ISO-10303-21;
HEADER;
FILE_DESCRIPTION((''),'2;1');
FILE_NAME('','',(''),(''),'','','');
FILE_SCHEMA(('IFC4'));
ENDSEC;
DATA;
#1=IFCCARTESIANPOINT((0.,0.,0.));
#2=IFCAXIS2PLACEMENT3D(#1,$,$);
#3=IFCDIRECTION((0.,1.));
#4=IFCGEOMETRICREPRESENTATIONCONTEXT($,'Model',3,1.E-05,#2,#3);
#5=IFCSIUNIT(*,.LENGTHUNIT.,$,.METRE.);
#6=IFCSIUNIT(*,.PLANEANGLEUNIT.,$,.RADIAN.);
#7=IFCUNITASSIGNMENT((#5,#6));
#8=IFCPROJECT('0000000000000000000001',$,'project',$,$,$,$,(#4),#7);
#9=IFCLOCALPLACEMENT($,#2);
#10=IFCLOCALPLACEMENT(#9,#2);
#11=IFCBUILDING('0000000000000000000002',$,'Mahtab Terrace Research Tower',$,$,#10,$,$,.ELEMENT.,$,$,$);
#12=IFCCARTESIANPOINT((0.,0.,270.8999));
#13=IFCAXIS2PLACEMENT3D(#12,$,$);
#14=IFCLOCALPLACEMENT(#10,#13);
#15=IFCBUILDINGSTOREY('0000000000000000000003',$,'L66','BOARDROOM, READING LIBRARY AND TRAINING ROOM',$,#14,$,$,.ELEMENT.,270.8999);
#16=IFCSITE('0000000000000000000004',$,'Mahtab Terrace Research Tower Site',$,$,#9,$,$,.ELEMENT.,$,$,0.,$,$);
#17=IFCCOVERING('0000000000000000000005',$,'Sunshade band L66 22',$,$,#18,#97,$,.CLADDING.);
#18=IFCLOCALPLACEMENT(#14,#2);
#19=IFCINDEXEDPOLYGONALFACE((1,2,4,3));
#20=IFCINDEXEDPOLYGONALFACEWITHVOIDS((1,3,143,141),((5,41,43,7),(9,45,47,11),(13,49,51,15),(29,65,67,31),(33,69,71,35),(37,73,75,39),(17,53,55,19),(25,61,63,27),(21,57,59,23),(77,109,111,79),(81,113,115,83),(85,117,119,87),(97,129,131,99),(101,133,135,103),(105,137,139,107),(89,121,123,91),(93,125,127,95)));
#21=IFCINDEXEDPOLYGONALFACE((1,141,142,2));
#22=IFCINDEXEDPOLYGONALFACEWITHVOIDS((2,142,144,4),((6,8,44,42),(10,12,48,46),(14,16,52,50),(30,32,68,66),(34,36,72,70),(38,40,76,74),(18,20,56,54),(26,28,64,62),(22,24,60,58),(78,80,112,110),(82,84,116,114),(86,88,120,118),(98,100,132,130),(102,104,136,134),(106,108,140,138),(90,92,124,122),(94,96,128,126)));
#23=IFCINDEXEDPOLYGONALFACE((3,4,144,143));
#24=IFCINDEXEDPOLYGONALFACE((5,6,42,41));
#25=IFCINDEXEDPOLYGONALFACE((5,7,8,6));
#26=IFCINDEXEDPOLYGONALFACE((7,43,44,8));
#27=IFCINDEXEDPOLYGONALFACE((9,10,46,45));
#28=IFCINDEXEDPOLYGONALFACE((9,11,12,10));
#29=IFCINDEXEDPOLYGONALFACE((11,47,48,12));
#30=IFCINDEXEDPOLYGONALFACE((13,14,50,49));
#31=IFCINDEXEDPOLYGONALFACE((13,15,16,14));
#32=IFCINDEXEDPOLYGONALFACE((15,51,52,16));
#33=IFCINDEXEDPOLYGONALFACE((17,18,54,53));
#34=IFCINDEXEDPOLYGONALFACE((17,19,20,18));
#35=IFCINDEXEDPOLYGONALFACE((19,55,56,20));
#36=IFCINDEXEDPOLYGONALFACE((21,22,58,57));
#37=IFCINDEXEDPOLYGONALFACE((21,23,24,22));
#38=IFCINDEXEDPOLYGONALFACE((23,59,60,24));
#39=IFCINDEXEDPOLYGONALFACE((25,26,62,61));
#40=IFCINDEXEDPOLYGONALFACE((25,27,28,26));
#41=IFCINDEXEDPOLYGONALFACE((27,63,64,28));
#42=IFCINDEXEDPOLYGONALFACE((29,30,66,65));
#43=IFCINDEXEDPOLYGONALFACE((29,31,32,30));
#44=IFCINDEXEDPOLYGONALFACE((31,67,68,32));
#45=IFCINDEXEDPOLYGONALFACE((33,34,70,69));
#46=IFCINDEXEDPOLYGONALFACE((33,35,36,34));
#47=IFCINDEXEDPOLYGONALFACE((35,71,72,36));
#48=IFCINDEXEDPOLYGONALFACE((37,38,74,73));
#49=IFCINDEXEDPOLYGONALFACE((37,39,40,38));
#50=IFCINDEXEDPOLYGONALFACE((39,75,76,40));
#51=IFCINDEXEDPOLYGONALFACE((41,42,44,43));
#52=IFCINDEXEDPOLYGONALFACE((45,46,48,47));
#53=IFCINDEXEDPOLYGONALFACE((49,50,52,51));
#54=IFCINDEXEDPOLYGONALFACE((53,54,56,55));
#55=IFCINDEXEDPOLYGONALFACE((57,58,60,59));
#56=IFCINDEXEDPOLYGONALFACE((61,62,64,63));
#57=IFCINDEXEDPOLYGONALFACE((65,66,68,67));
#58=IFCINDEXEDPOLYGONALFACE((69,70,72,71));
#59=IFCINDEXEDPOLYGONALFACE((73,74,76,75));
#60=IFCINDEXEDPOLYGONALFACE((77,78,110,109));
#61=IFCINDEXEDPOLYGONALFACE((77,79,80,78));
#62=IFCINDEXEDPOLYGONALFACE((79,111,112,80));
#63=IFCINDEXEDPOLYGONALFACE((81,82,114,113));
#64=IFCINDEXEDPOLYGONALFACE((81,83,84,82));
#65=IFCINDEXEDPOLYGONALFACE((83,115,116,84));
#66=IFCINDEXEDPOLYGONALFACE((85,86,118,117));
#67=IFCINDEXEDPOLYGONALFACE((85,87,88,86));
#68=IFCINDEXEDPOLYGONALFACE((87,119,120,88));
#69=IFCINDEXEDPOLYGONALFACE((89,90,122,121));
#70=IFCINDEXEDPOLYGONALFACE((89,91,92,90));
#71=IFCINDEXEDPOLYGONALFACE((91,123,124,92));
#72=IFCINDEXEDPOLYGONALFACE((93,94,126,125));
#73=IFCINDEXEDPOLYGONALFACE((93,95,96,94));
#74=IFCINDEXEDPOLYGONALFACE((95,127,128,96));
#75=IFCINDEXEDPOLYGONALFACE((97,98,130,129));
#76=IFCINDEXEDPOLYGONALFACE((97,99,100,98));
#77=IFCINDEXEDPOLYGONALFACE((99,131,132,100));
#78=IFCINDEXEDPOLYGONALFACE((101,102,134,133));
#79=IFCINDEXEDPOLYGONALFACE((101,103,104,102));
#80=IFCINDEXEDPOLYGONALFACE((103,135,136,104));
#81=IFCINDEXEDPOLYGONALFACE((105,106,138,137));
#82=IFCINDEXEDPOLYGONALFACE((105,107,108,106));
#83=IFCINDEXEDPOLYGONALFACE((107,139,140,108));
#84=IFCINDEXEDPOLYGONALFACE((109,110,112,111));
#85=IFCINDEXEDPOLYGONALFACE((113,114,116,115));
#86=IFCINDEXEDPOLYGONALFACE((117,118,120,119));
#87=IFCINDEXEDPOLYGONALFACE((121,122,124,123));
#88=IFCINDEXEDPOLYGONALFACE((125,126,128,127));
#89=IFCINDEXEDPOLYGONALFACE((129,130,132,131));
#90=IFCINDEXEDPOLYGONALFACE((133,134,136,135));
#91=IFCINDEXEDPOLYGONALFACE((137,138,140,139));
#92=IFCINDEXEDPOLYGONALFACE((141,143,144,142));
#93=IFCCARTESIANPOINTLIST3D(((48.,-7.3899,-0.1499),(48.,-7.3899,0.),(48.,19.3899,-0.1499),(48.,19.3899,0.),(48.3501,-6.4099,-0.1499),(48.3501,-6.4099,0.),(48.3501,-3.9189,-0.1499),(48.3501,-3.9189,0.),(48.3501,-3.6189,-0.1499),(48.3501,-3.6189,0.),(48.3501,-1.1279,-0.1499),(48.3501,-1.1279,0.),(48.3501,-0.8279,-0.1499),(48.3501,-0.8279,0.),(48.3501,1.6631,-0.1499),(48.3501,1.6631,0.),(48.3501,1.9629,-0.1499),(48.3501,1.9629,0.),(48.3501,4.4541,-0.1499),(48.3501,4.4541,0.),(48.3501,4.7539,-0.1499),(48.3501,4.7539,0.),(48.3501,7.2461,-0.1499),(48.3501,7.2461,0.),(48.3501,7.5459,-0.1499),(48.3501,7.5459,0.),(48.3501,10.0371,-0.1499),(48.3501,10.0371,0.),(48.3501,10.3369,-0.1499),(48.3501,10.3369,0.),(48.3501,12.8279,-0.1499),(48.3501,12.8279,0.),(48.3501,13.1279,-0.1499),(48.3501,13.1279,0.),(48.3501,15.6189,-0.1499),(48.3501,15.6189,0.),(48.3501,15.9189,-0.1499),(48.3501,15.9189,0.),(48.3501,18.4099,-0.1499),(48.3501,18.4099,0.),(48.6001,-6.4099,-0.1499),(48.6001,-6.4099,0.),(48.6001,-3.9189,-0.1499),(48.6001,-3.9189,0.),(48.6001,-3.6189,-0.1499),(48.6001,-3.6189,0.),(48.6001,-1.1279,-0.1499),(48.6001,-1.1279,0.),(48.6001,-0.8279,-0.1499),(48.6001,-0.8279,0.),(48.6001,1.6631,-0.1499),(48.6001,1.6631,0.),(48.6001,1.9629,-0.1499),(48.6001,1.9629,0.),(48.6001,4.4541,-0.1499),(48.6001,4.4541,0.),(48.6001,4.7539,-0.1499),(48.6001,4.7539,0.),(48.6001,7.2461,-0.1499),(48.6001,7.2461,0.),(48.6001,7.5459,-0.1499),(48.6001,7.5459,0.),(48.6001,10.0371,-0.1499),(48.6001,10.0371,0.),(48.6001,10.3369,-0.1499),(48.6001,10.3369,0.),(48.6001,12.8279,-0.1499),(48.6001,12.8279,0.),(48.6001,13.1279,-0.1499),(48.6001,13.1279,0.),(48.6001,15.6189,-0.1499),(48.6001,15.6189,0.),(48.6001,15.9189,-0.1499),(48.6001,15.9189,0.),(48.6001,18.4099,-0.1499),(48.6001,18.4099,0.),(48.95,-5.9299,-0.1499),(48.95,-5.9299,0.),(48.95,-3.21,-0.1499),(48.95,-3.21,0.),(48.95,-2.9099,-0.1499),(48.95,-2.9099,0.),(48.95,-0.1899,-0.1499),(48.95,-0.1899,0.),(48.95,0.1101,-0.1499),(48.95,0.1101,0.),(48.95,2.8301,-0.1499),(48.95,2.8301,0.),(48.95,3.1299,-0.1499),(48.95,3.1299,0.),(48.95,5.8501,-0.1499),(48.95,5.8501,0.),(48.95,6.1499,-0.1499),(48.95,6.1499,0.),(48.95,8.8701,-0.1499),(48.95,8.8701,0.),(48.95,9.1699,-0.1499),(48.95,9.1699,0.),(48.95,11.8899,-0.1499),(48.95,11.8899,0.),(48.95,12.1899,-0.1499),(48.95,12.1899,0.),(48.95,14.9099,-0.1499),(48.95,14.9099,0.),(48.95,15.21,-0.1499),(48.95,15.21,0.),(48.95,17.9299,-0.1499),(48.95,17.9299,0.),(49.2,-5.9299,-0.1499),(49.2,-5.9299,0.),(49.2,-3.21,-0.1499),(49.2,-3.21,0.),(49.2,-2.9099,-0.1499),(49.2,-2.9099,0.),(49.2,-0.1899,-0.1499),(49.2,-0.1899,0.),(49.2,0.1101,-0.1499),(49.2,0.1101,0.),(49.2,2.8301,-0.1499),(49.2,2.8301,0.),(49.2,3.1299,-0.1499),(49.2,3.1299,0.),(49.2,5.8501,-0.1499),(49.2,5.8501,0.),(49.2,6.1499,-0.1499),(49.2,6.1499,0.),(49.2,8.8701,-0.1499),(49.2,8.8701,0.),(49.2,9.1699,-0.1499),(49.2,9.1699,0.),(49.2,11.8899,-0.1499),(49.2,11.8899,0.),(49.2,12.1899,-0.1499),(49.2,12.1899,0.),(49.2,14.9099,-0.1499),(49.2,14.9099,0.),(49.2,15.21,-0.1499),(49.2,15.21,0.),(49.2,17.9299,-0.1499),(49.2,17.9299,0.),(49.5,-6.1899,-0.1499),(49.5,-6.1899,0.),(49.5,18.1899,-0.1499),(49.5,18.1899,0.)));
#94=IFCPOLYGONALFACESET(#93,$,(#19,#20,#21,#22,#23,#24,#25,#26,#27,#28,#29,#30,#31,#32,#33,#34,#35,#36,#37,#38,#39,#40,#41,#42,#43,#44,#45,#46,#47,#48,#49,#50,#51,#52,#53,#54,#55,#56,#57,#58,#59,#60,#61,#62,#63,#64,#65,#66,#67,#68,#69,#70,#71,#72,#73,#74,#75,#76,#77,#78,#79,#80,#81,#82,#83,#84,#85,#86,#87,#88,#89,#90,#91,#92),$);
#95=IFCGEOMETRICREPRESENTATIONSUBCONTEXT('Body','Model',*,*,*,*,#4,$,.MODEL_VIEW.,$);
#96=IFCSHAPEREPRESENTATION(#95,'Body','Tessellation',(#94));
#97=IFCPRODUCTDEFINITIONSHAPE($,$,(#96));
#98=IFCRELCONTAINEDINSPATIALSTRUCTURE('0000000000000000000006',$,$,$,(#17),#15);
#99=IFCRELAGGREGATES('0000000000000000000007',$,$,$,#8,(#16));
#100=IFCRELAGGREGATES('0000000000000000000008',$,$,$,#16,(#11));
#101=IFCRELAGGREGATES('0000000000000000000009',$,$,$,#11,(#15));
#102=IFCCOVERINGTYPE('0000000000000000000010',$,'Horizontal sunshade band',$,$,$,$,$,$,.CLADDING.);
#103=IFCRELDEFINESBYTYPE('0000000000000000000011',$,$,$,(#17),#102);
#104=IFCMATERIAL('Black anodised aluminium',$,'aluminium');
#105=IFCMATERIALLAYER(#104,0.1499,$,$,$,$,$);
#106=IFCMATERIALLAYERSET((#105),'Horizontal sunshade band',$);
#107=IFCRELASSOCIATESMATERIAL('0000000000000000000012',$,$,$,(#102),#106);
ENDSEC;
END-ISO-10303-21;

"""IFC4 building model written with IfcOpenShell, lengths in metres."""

from ifc_helpers import new_model, si_unit, direction, frame, origin, place, context, subcontext, project, spatial, polyline, outline, extrude, material, layer, layer_set, type_object, element, save


model = new_model("IFC4")

# Units and contexts
model_context = context("Model", 3, precision=1e-05, world=origin(), true_north=direction((0.0, 1.0)))
body_context = subcontext(model_context, "Body", "Model", "MODEL_VIEW")
ifc_project = project(units=[si_unit("LENGTHUNIT", "METRE"), si_unit("PLANEANGLEUNIT", "RADIAN")], contexts=[model_context])

# Site, building, storey
site_placement = place(None, origin())
site = spatial("IfcSite", under=ifc_project, at=site_placement, Name="Mahtab Terrace Research Tower Site", CompositionType="ELEMENT", RefElevation=0.0)
building_placement = place(site_placement, origin())
building = spatial("IfcBuilding", under=site, at=building_placement, Name="Mahtab Terrace Research Tower", CompositionType="ELEMENT")
storey_placement = place(building_placement, frame((0.0, 0.0, 270.8999)))
storey = spatial("IfcBuildingStorey", under=building, at=storey_placement, Name="L66", Description="BOARDROOM, READING LIBRARY AND TRAINING ROOM", CompositionType="ELEMENT", Elevation=270.8999)

# Covering
ifc_material_1 = material(Name="Black anodised aluminium", Category="aluminium")
ifc_layer_1 = layer(ifc_material_1, 0.1499)
ifc_layer_set_1 = layer_set([ifc_layer_1], Name="Horizontal sunshade band")
covering_type = type_object("IfcCoveringType", Name="Horizontal sunshade band", PredefinedType="CLADDING", material=ifc_layer_set_1)
covering_1_placement = place(storey_placement, frame((0.0, 0.0, -0.1499)))
element("IfcCovering", 1, at=covering_1_placement, inside=storey, type_object=covering_type, Name="Sunshade band L66 22", PredefinedType="CLADDING", context=body_context, shape_type="SweptSolid", body=[
    extrude(outline(polyline([(48.0, -7.3899), (48.0, 19.3899), (49.5, 18.1899), (49.5, -6.1899), (48.0, -7.3899)]), holes=[polyline([(48.3501, -6.4099), (48.3501, -3.9189), (48.6001, -3.9189), (48.6001, -6.4099), (48.3501, -6.4099)]), polyline([(48.3501, -3.6189), (48.3501, -1.1279), (48.6001, -1.1279), (48.6001, -3.6189), (48.3501, -3.6189)]), polyline([(48.3501, -0.8279), (48.3501, 1.6631), (48.6001, 1.6631), (48.6001, -0.8279), (48.3501, -0.8279)]), polyline([(48.3501, 1.9629), (48.3501, 4.4541), (48.6001, 4.4541), (48.6001, 1.9629), (48.3501, 1.9629)]), polyline([(48.3501, 4.7539), (48.3501, 7.2461), (48.6001, 7.2461), (48.6001, 4.7539), (48.3501, 4.7539)]), polyline([(48.3501, 7.5459), (48.3501, 10.0371), (48.6001, 10.0371), (48.6001, 7.5459), (48.3501, 7.5459)]), polyline([(48.3501, 10.3369), (48.3501, 12.8279), (48.6001, 12.8279), (48.6001, 10.3369), (48.3501, 10.3369)]), polyline([(48.3501, 13.1279), (48.3501, 15.6189), (48.6001, 15.6189), (48.6001, 13.1279), (48.3501, 13.1279)]), polyline([(48.3501, 15.9189), (48.3501, 18.4099), (48.6001, 18.4099), (48.6001, 15.9189), (48.3501, 15.9189)]), polyline([(48.95, -5.9299), (48.95, -3.21), (49.2, -3.21), (49.2, -5.9299), (48.95, -5.9299)]), polyline([(48.95, -2.9099), (48.95, -0.1899), (49.2, -0.1899), (49.2, -2.9099), (48.95, -2.9099)]), polyline([(48.95, 0.1101), (48.95, 2.8301), (49.2, 2.8301), (49.2, 0.1101), (48.95, 0.1101)]), polyline([(48.95, 3.1299), (48.95, 5.8501), (49.2, 5.8501), (49.2, 3.1299), (48.95, 3.1299)]), polyline([(48.95, 6.1499), (48.95, 8.8701), (49.2, 8.8701), (49.2, 6.1499), (48.95, 6.1499)]), polyline([(48.95, 9.1699), (48.95, 11.8899), (49.2, 11.8899), (49.2, 9.1699), (48.95, 9.1699)]), polyline([(48.95, 12.1899), (48.95, 14.9099), (49.2, 14.9099), (49.2, 12.1899), (48.95, 12.1899)]), polyline([(48.95, 15.21), (48.95, 17.9299), (49.2, 17.9299), (49.2, 15.21), (48.95, 15.21)])]), origin(), (0.0, 0.0, 1.0), 0.1499),
])

save(model, "model.ifc")
